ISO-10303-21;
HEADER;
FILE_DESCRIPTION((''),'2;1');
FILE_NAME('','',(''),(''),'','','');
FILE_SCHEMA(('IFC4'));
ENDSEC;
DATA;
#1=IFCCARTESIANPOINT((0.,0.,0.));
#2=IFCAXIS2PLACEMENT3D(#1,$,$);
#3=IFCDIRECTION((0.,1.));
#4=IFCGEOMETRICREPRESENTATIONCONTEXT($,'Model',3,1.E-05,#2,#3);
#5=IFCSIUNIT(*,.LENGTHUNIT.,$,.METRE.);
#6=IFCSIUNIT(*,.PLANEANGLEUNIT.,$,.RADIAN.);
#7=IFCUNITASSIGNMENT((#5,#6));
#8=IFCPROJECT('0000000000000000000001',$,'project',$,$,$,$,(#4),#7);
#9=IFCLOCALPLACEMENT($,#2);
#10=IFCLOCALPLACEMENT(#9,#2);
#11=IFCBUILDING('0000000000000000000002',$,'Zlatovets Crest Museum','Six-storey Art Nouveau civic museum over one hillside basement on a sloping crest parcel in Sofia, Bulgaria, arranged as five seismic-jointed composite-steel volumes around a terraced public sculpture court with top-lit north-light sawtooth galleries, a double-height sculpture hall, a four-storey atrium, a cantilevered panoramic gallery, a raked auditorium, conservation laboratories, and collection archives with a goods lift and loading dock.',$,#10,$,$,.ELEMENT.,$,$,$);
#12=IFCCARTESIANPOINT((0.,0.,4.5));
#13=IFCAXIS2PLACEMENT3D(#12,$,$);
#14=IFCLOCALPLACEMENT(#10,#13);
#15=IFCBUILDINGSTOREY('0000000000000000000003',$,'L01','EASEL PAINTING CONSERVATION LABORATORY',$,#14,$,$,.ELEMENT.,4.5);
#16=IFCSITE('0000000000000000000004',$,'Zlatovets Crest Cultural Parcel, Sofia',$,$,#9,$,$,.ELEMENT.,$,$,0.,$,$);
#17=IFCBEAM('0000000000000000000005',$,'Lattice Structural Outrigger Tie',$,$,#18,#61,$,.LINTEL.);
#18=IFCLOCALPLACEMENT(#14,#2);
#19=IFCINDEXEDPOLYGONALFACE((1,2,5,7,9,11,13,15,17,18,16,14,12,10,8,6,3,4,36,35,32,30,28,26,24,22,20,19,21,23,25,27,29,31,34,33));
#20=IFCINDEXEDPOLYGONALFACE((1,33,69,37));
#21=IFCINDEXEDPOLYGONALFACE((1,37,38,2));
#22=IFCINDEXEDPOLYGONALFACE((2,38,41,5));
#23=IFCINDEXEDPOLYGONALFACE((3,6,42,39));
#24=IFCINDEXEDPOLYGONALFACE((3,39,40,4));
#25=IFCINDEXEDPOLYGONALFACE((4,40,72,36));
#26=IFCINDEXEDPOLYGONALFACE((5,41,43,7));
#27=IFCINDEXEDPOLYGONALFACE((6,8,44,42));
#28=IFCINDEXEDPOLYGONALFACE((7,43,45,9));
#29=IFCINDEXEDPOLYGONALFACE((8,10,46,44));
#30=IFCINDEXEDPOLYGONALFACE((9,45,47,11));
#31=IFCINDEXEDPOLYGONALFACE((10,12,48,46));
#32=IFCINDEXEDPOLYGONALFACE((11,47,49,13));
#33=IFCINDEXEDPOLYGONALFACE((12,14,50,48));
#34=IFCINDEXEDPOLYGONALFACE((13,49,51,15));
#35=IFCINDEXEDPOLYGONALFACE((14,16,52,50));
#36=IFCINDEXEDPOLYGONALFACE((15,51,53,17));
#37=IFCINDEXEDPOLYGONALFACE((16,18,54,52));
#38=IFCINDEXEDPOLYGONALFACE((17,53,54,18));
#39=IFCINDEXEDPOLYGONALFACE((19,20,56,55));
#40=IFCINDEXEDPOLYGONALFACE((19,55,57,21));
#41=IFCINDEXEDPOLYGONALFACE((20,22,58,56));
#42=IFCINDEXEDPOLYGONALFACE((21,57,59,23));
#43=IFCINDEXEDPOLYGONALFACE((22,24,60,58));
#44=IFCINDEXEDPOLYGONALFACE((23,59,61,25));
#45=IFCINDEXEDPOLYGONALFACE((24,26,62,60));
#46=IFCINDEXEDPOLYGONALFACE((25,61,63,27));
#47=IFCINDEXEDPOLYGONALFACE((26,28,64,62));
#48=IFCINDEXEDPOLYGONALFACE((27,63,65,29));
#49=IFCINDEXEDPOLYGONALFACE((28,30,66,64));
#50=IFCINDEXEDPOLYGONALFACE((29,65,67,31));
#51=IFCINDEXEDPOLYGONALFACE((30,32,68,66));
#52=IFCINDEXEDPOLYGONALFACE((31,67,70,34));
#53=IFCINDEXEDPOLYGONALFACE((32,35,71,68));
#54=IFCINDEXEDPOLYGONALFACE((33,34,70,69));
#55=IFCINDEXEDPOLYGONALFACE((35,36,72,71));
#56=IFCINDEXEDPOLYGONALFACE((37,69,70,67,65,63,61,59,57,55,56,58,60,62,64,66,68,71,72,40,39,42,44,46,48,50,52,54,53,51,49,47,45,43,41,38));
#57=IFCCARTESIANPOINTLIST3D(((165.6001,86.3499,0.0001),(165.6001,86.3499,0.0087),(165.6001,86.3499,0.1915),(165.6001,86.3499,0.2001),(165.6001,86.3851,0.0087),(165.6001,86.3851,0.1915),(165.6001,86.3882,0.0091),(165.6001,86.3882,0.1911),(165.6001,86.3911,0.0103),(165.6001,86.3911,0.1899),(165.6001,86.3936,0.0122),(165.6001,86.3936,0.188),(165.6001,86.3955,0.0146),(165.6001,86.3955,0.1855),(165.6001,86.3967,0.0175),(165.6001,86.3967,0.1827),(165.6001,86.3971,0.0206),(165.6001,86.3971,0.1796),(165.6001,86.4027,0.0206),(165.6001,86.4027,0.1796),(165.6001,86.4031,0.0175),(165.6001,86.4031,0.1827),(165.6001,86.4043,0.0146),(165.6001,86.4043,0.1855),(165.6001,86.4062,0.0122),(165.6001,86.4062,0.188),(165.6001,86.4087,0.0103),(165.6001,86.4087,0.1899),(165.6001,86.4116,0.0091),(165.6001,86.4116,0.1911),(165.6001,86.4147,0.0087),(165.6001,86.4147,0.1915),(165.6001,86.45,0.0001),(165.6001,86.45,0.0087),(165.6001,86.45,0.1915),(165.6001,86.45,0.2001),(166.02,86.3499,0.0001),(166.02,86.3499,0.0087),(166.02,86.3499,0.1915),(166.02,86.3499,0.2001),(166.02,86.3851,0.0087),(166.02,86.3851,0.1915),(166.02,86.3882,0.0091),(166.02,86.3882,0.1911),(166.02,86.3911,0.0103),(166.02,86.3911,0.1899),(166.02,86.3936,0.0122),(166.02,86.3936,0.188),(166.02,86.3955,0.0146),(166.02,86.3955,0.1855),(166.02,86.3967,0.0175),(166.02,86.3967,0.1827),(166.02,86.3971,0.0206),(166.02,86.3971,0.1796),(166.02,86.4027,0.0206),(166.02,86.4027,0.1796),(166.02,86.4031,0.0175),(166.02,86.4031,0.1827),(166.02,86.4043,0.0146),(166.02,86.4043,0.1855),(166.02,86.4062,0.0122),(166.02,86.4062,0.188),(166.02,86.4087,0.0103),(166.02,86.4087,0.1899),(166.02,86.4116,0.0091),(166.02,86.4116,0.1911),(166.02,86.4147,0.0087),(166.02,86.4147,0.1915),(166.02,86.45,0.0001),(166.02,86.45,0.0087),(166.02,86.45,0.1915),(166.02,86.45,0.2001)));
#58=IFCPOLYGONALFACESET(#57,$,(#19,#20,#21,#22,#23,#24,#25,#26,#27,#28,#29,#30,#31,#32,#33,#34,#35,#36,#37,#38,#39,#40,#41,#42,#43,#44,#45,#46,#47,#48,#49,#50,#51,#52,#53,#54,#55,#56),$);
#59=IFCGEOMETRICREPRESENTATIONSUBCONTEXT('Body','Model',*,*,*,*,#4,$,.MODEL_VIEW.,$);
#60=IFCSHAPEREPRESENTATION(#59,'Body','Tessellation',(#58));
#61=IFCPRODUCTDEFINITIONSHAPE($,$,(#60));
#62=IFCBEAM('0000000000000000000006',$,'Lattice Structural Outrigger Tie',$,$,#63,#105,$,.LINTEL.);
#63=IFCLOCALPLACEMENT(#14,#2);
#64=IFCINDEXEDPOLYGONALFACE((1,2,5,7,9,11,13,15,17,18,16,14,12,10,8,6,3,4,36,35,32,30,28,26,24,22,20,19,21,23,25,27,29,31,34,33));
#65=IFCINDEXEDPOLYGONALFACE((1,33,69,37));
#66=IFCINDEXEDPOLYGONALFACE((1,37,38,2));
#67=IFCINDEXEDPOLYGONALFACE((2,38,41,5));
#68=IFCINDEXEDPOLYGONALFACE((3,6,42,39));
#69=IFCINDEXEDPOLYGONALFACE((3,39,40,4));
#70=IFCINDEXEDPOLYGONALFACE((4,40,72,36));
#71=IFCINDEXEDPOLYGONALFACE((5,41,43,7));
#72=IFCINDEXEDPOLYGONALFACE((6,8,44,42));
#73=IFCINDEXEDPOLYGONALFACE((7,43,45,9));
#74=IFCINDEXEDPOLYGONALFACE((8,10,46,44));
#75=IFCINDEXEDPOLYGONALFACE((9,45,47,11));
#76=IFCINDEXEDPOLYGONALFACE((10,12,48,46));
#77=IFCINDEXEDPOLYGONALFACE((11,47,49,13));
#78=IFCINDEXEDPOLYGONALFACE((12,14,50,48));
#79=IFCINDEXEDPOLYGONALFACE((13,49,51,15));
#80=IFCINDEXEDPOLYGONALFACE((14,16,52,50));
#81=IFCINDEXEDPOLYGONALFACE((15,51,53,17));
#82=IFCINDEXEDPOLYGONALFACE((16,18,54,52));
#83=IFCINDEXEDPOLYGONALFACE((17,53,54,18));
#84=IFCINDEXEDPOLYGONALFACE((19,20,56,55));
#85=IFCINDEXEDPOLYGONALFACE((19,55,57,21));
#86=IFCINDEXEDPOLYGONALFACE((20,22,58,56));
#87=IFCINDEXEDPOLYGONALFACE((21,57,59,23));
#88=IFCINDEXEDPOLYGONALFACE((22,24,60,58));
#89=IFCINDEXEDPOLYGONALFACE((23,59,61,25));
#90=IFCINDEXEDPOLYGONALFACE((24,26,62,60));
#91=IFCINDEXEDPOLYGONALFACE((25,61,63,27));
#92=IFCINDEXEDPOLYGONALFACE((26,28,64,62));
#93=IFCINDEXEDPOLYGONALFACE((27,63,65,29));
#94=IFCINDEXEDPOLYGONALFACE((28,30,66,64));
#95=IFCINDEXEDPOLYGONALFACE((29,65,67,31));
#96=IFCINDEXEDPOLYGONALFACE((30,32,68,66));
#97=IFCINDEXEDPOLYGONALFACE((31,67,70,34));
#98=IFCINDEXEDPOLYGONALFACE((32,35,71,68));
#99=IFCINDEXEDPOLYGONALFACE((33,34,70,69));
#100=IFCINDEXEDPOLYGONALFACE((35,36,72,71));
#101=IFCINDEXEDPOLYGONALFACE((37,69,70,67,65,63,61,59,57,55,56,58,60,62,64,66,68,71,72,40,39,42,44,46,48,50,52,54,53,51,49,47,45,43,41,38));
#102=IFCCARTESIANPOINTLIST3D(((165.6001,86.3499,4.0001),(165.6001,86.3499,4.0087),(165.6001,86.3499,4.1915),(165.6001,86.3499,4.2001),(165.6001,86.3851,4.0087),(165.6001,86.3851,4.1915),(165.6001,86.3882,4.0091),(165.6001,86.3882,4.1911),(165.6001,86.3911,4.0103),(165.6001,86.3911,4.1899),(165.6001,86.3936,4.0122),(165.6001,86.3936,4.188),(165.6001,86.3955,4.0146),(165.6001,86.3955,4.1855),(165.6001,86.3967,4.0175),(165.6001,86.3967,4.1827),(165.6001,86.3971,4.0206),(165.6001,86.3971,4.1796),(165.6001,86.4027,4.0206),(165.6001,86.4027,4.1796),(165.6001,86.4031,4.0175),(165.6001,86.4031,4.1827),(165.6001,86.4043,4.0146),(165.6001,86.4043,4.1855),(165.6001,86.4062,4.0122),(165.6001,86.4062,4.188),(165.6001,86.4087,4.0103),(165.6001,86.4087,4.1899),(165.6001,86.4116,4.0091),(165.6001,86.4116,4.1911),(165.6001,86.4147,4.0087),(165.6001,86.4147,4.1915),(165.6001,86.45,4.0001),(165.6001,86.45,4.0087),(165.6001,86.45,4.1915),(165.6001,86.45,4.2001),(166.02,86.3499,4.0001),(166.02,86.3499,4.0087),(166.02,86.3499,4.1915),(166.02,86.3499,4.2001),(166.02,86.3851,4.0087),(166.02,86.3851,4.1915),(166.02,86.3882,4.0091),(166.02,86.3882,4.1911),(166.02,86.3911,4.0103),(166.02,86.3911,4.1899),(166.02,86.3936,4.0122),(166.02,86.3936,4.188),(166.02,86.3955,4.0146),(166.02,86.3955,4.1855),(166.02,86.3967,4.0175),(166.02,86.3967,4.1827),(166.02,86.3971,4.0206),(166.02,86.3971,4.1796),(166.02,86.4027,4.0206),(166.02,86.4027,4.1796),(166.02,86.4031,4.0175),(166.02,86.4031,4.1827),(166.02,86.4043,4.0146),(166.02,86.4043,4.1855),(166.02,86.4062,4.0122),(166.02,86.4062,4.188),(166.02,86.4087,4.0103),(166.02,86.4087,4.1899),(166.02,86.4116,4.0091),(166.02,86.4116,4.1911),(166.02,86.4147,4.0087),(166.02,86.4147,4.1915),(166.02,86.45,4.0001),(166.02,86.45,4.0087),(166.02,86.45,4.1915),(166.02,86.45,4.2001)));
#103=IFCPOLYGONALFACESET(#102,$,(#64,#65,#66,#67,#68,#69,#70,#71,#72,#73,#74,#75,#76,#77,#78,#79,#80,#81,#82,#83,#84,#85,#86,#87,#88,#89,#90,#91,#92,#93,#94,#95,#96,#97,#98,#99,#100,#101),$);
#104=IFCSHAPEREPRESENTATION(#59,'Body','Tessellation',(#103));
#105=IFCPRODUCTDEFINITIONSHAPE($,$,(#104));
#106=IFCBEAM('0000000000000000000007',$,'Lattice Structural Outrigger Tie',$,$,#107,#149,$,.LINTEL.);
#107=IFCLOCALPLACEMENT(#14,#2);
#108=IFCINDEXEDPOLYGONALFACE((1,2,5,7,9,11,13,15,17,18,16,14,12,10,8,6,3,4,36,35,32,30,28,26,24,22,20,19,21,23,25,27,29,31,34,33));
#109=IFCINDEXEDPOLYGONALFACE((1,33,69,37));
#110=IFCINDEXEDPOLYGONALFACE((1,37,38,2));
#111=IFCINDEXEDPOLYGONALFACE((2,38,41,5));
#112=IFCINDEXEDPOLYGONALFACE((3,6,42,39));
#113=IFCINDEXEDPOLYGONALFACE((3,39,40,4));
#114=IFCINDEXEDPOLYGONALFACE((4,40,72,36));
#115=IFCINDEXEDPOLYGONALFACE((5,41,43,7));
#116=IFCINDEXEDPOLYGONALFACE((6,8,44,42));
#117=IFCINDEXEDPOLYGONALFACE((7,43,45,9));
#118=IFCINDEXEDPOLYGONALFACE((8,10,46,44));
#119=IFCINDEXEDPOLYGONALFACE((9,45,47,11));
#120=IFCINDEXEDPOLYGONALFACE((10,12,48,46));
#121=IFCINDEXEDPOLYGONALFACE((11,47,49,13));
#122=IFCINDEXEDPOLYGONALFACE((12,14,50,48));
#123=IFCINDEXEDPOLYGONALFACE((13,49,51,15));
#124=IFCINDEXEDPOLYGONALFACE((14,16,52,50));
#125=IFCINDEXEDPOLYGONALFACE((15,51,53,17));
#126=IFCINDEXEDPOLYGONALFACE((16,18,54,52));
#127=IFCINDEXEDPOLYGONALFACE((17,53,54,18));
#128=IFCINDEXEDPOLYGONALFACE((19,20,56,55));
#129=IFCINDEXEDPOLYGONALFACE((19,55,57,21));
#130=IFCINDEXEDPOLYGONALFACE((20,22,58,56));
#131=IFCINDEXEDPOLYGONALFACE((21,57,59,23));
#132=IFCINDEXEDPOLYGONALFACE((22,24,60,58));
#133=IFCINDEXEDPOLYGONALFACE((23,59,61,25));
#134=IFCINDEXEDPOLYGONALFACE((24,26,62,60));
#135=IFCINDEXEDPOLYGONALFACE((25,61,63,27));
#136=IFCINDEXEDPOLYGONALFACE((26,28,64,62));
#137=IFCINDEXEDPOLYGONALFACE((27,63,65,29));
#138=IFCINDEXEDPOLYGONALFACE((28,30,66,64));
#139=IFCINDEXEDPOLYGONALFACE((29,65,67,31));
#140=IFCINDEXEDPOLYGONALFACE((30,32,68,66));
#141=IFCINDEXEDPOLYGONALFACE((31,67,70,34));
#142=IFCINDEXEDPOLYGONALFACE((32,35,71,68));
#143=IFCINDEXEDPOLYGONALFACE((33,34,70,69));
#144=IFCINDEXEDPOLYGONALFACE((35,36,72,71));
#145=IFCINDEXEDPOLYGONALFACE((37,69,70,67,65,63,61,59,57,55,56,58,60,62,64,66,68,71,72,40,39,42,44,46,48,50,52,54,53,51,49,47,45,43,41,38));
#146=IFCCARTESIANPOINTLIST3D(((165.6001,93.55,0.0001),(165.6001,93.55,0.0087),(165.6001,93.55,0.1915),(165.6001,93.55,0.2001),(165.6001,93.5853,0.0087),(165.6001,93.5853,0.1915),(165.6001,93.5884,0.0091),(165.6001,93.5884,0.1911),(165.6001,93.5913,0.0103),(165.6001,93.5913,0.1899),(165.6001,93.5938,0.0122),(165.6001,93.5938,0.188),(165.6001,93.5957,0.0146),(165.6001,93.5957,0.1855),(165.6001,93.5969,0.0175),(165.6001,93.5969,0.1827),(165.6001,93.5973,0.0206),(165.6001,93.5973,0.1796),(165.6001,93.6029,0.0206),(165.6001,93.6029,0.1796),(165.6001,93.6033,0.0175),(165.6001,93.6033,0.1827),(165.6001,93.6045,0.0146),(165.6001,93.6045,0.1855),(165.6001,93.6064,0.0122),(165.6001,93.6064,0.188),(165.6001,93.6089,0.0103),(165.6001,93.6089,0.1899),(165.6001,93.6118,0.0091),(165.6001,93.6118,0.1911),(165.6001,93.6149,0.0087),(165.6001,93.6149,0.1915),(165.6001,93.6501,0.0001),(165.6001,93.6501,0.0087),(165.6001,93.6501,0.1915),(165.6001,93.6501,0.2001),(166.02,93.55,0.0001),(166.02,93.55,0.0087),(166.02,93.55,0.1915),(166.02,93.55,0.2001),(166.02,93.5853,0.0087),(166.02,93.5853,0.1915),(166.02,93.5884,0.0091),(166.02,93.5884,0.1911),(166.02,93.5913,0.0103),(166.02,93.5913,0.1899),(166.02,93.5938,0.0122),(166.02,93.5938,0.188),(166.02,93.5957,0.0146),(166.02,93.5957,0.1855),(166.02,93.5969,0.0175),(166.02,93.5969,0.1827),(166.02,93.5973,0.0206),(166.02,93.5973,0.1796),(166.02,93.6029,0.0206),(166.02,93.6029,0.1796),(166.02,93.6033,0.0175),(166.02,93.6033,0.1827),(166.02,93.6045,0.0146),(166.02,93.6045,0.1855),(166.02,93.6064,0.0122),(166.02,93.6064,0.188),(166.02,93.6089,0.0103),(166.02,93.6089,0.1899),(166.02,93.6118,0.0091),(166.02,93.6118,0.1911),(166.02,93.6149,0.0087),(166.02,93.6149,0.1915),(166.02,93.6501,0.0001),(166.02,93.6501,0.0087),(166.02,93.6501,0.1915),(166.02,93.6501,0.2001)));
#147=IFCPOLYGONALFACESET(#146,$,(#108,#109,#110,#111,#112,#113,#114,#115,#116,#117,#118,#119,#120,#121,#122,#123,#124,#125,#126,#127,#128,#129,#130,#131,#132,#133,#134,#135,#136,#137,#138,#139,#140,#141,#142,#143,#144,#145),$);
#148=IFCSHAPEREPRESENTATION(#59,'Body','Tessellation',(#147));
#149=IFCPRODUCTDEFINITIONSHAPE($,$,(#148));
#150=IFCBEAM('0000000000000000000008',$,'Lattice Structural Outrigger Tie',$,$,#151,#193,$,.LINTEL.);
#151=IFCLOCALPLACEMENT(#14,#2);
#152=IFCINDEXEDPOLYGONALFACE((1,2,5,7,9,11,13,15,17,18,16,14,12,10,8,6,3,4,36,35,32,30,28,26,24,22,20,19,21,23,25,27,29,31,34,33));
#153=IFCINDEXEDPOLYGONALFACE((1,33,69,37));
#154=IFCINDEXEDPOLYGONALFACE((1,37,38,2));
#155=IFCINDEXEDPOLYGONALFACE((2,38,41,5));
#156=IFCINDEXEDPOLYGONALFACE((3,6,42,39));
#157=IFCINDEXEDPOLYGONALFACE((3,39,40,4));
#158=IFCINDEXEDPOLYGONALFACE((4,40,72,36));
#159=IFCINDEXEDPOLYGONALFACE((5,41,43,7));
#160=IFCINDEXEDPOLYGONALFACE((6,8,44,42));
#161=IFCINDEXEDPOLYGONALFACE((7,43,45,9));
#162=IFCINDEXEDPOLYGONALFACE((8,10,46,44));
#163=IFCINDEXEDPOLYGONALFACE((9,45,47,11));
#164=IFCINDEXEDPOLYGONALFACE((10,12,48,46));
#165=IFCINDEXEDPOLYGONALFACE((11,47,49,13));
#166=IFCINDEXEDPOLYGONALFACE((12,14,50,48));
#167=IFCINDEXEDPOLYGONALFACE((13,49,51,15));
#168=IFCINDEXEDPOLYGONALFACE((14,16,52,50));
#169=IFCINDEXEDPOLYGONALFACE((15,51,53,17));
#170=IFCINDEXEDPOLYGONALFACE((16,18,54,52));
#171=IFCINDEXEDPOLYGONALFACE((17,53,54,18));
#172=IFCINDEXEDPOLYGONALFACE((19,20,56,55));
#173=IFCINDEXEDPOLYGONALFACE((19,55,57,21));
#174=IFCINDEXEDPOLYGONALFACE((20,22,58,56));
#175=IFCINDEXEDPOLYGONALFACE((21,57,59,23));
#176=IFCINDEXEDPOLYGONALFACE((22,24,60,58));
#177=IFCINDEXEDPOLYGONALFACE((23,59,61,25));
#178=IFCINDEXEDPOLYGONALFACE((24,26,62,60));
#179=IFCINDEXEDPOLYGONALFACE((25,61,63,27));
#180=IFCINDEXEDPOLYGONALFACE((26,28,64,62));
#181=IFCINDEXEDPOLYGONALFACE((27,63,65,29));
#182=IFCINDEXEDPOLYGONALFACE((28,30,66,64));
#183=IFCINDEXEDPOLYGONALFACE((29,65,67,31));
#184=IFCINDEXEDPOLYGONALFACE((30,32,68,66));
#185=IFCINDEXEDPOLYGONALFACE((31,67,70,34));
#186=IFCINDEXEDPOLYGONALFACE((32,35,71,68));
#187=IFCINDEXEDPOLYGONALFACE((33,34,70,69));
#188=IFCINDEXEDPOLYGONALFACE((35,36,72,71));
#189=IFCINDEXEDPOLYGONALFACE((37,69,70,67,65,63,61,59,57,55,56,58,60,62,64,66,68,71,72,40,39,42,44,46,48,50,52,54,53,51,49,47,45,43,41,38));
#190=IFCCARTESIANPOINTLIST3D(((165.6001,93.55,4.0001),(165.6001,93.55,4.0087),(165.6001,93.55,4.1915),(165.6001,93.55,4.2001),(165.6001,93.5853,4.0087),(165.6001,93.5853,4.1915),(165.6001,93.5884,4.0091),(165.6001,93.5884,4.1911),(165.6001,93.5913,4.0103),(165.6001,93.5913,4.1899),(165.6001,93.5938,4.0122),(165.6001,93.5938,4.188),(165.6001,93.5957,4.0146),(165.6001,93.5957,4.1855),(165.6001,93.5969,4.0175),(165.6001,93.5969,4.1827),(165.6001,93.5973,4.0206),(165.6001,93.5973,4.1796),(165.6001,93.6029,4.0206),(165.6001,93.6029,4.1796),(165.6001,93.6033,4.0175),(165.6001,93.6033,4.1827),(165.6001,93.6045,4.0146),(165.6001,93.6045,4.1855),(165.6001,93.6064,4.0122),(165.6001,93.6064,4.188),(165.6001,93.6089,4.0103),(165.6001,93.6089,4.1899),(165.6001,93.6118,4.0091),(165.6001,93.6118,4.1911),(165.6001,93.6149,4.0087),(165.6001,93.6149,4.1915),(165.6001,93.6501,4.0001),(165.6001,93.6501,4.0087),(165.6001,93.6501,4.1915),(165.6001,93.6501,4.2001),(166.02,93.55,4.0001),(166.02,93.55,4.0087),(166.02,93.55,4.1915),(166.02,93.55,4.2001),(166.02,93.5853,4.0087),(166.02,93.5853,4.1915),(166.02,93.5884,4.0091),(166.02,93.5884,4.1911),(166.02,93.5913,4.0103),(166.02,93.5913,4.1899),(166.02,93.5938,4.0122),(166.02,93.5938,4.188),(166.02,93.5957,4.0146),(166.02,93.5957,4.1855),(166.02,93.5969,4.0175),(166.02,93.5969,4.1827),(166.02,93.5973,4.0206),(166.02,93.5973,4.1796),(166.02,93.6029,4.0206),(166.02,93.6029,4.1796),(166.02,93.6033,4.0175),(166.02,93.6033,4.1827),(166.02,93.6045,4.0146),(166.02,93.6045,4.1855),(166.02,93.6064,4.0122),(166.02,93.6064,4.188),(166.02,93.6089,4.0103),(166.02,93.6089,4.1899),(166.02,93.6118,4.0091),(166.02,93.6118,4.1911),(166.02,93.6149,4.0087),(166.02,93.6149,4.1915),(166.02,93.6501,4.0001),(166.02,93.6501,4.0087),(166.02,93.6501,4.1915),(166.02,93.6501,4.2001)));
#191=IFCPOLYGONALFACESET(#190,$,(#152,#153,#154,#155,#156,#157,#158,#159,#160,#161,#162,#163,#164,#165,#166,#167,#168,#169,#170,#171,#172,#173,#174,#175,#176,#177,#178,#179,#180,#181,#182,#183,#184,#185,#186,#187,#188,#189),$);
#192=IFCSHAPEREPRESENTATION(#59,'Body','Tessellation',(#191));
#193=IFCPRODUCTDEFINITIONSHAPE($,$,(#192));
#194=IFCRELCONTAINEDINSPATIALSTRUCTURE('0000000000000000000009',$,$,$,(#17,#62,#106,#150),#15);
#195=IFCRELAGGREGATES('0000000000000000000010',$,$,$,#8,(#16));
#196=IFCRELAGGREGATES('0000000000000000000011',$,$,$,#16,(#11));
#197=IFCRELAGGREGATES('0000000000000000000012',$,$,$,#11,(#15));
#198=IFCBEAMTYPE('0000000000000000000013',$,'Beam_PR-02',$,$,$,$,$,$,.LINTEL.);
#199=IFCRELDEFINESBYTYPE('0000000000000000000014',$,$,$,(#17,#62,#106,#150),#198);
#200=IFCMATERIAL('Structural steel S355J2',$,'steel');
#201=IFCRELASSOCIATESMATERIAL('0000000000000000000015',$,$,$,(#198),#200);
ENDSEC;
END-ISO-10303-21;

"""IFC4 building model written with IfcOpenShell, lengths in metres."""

from ifc_helpers import new_model, si_unit, direction, frame, origin, origin_2d, place, context, subcontext, project, spatial, i_section, extrude, material, material_profile, profile_set, type_object, element, save


model = new_model("IFC4")

# Units and contexts
model_context = context("Model", 3, precision=1e-05, world=origin(), true_north=direction((0.0, 1.0)))
body_context = subcontext(model_context, "Body", "Model", "MODEL_VIEW")
ifc_project = project(units=[si_unit("LENGTHUNIT", "METRE"), si_unit("PLANEANGLEUNIT", "RADIAN")], contexts=[model_context])

# Site, building, storey
site_placement = place(None, origin())
site = spatial("IfcSite", under=ifc_project, at=site_placement, Name="Zlatovets Crest Cultural Parcel, Sofia", CompositionType="ELEMENT", RefElevation=0.0)
building_placement = place(site_placement, origin())
building = spatial("IfcBuilding", under=site, at=building_placement, Name="Zlatovets Crest Museum", Description="Six-storey Art Nouveau civic museum over one hillside basement on a sloping crest parcel in Sofia, Bulgaria, arranged as five seismic-jointed composite-steel volumes around a terraced public sculpture court with top-lit north-light sawtooth galleries, a double-height sculpture hall, a four-storey atrium, a cantilevered panoramic gallery, a raked auditorium, conservation laboratories, and collection archives with a goods lift and loading dock.", CompositionType="ELEMENT")
storey_placement = place(building_placement, frame((0.0, 0.0, 4.5)))
storey = spatial("IfcBuildingStorey", under=building, at=storey_placement, Name="L01", Description="EASEL PAINTING CONSERVATION LABORATORY", CompositionType="ELEMENT", Elevation=4.5)

# Shared definitions
ifc_material_1 = material(Name="Structural steel S355J2", Category="steel")

# Beams
ifc_material_profile_1 = material_profile(ifc_material_1, i_section(OverallWidth=0.1001, OverallDepth=0.2, WebThickness=0.0056, FlangeThickness=0.0085, FilletRadius=0.012, at=origin_2d()), Name="IPE 200")
ifc_profile_set_1 = profile_set([ifc_material_profile_1], Name="Structural steel S355J2")
beam_type_1 = type_object("IfcBeamType", Name="Beam_PR-02", PredefinedType="LINTEL", material=ifc_profile_set_1)
for number, where, z_axis, x_axis, name in (
    (1, (165.6001, 86.3999, 0.1001), (1.0, 0.0, 0.0), (0.0, 1.0, 0.0), "Lattice Structural Outrigger Tie"),
    (2, (165.6001, 86.3999, 4.1001), (1.0, 0.0, 0.0), (0.0, 1.0, 0.0), "Lattice Structural Outrigger Tie"),
    (3, (165.6001, 93.6001, 0.1001), (1.0, 0.0, 0.0), (0.0, 1.0, 0.0), "Lattice Structural Outrigger Tie"),
    (4, (165.6001, 93.6001, 4.1001), (1.0, 0.0, 0.0), (0.0, 1.0, 0.0), "Lattice Structural Outrigger Tie"),
):
    element("IfcBeam", number, at=place(storey_placement, frame(where, z_axis=z_axis, x_axis=x_axis)), inside=storey, type_object=beam_type_1, Name=name, PredefinedType="LINTEL", context=body_context, shape_type="SweptSolid", body=[
        extrude(i_section(OverallWidth=0.1001, OverallDepth=0.2, WebThickness=0.0056, FlangeThickness=0.0085, FilletRadius=0.012, at=origin_2d()), origin(), (0.0, 0.0, 1.0), 0.4199),
    ])

save(model, "model.ifc")
